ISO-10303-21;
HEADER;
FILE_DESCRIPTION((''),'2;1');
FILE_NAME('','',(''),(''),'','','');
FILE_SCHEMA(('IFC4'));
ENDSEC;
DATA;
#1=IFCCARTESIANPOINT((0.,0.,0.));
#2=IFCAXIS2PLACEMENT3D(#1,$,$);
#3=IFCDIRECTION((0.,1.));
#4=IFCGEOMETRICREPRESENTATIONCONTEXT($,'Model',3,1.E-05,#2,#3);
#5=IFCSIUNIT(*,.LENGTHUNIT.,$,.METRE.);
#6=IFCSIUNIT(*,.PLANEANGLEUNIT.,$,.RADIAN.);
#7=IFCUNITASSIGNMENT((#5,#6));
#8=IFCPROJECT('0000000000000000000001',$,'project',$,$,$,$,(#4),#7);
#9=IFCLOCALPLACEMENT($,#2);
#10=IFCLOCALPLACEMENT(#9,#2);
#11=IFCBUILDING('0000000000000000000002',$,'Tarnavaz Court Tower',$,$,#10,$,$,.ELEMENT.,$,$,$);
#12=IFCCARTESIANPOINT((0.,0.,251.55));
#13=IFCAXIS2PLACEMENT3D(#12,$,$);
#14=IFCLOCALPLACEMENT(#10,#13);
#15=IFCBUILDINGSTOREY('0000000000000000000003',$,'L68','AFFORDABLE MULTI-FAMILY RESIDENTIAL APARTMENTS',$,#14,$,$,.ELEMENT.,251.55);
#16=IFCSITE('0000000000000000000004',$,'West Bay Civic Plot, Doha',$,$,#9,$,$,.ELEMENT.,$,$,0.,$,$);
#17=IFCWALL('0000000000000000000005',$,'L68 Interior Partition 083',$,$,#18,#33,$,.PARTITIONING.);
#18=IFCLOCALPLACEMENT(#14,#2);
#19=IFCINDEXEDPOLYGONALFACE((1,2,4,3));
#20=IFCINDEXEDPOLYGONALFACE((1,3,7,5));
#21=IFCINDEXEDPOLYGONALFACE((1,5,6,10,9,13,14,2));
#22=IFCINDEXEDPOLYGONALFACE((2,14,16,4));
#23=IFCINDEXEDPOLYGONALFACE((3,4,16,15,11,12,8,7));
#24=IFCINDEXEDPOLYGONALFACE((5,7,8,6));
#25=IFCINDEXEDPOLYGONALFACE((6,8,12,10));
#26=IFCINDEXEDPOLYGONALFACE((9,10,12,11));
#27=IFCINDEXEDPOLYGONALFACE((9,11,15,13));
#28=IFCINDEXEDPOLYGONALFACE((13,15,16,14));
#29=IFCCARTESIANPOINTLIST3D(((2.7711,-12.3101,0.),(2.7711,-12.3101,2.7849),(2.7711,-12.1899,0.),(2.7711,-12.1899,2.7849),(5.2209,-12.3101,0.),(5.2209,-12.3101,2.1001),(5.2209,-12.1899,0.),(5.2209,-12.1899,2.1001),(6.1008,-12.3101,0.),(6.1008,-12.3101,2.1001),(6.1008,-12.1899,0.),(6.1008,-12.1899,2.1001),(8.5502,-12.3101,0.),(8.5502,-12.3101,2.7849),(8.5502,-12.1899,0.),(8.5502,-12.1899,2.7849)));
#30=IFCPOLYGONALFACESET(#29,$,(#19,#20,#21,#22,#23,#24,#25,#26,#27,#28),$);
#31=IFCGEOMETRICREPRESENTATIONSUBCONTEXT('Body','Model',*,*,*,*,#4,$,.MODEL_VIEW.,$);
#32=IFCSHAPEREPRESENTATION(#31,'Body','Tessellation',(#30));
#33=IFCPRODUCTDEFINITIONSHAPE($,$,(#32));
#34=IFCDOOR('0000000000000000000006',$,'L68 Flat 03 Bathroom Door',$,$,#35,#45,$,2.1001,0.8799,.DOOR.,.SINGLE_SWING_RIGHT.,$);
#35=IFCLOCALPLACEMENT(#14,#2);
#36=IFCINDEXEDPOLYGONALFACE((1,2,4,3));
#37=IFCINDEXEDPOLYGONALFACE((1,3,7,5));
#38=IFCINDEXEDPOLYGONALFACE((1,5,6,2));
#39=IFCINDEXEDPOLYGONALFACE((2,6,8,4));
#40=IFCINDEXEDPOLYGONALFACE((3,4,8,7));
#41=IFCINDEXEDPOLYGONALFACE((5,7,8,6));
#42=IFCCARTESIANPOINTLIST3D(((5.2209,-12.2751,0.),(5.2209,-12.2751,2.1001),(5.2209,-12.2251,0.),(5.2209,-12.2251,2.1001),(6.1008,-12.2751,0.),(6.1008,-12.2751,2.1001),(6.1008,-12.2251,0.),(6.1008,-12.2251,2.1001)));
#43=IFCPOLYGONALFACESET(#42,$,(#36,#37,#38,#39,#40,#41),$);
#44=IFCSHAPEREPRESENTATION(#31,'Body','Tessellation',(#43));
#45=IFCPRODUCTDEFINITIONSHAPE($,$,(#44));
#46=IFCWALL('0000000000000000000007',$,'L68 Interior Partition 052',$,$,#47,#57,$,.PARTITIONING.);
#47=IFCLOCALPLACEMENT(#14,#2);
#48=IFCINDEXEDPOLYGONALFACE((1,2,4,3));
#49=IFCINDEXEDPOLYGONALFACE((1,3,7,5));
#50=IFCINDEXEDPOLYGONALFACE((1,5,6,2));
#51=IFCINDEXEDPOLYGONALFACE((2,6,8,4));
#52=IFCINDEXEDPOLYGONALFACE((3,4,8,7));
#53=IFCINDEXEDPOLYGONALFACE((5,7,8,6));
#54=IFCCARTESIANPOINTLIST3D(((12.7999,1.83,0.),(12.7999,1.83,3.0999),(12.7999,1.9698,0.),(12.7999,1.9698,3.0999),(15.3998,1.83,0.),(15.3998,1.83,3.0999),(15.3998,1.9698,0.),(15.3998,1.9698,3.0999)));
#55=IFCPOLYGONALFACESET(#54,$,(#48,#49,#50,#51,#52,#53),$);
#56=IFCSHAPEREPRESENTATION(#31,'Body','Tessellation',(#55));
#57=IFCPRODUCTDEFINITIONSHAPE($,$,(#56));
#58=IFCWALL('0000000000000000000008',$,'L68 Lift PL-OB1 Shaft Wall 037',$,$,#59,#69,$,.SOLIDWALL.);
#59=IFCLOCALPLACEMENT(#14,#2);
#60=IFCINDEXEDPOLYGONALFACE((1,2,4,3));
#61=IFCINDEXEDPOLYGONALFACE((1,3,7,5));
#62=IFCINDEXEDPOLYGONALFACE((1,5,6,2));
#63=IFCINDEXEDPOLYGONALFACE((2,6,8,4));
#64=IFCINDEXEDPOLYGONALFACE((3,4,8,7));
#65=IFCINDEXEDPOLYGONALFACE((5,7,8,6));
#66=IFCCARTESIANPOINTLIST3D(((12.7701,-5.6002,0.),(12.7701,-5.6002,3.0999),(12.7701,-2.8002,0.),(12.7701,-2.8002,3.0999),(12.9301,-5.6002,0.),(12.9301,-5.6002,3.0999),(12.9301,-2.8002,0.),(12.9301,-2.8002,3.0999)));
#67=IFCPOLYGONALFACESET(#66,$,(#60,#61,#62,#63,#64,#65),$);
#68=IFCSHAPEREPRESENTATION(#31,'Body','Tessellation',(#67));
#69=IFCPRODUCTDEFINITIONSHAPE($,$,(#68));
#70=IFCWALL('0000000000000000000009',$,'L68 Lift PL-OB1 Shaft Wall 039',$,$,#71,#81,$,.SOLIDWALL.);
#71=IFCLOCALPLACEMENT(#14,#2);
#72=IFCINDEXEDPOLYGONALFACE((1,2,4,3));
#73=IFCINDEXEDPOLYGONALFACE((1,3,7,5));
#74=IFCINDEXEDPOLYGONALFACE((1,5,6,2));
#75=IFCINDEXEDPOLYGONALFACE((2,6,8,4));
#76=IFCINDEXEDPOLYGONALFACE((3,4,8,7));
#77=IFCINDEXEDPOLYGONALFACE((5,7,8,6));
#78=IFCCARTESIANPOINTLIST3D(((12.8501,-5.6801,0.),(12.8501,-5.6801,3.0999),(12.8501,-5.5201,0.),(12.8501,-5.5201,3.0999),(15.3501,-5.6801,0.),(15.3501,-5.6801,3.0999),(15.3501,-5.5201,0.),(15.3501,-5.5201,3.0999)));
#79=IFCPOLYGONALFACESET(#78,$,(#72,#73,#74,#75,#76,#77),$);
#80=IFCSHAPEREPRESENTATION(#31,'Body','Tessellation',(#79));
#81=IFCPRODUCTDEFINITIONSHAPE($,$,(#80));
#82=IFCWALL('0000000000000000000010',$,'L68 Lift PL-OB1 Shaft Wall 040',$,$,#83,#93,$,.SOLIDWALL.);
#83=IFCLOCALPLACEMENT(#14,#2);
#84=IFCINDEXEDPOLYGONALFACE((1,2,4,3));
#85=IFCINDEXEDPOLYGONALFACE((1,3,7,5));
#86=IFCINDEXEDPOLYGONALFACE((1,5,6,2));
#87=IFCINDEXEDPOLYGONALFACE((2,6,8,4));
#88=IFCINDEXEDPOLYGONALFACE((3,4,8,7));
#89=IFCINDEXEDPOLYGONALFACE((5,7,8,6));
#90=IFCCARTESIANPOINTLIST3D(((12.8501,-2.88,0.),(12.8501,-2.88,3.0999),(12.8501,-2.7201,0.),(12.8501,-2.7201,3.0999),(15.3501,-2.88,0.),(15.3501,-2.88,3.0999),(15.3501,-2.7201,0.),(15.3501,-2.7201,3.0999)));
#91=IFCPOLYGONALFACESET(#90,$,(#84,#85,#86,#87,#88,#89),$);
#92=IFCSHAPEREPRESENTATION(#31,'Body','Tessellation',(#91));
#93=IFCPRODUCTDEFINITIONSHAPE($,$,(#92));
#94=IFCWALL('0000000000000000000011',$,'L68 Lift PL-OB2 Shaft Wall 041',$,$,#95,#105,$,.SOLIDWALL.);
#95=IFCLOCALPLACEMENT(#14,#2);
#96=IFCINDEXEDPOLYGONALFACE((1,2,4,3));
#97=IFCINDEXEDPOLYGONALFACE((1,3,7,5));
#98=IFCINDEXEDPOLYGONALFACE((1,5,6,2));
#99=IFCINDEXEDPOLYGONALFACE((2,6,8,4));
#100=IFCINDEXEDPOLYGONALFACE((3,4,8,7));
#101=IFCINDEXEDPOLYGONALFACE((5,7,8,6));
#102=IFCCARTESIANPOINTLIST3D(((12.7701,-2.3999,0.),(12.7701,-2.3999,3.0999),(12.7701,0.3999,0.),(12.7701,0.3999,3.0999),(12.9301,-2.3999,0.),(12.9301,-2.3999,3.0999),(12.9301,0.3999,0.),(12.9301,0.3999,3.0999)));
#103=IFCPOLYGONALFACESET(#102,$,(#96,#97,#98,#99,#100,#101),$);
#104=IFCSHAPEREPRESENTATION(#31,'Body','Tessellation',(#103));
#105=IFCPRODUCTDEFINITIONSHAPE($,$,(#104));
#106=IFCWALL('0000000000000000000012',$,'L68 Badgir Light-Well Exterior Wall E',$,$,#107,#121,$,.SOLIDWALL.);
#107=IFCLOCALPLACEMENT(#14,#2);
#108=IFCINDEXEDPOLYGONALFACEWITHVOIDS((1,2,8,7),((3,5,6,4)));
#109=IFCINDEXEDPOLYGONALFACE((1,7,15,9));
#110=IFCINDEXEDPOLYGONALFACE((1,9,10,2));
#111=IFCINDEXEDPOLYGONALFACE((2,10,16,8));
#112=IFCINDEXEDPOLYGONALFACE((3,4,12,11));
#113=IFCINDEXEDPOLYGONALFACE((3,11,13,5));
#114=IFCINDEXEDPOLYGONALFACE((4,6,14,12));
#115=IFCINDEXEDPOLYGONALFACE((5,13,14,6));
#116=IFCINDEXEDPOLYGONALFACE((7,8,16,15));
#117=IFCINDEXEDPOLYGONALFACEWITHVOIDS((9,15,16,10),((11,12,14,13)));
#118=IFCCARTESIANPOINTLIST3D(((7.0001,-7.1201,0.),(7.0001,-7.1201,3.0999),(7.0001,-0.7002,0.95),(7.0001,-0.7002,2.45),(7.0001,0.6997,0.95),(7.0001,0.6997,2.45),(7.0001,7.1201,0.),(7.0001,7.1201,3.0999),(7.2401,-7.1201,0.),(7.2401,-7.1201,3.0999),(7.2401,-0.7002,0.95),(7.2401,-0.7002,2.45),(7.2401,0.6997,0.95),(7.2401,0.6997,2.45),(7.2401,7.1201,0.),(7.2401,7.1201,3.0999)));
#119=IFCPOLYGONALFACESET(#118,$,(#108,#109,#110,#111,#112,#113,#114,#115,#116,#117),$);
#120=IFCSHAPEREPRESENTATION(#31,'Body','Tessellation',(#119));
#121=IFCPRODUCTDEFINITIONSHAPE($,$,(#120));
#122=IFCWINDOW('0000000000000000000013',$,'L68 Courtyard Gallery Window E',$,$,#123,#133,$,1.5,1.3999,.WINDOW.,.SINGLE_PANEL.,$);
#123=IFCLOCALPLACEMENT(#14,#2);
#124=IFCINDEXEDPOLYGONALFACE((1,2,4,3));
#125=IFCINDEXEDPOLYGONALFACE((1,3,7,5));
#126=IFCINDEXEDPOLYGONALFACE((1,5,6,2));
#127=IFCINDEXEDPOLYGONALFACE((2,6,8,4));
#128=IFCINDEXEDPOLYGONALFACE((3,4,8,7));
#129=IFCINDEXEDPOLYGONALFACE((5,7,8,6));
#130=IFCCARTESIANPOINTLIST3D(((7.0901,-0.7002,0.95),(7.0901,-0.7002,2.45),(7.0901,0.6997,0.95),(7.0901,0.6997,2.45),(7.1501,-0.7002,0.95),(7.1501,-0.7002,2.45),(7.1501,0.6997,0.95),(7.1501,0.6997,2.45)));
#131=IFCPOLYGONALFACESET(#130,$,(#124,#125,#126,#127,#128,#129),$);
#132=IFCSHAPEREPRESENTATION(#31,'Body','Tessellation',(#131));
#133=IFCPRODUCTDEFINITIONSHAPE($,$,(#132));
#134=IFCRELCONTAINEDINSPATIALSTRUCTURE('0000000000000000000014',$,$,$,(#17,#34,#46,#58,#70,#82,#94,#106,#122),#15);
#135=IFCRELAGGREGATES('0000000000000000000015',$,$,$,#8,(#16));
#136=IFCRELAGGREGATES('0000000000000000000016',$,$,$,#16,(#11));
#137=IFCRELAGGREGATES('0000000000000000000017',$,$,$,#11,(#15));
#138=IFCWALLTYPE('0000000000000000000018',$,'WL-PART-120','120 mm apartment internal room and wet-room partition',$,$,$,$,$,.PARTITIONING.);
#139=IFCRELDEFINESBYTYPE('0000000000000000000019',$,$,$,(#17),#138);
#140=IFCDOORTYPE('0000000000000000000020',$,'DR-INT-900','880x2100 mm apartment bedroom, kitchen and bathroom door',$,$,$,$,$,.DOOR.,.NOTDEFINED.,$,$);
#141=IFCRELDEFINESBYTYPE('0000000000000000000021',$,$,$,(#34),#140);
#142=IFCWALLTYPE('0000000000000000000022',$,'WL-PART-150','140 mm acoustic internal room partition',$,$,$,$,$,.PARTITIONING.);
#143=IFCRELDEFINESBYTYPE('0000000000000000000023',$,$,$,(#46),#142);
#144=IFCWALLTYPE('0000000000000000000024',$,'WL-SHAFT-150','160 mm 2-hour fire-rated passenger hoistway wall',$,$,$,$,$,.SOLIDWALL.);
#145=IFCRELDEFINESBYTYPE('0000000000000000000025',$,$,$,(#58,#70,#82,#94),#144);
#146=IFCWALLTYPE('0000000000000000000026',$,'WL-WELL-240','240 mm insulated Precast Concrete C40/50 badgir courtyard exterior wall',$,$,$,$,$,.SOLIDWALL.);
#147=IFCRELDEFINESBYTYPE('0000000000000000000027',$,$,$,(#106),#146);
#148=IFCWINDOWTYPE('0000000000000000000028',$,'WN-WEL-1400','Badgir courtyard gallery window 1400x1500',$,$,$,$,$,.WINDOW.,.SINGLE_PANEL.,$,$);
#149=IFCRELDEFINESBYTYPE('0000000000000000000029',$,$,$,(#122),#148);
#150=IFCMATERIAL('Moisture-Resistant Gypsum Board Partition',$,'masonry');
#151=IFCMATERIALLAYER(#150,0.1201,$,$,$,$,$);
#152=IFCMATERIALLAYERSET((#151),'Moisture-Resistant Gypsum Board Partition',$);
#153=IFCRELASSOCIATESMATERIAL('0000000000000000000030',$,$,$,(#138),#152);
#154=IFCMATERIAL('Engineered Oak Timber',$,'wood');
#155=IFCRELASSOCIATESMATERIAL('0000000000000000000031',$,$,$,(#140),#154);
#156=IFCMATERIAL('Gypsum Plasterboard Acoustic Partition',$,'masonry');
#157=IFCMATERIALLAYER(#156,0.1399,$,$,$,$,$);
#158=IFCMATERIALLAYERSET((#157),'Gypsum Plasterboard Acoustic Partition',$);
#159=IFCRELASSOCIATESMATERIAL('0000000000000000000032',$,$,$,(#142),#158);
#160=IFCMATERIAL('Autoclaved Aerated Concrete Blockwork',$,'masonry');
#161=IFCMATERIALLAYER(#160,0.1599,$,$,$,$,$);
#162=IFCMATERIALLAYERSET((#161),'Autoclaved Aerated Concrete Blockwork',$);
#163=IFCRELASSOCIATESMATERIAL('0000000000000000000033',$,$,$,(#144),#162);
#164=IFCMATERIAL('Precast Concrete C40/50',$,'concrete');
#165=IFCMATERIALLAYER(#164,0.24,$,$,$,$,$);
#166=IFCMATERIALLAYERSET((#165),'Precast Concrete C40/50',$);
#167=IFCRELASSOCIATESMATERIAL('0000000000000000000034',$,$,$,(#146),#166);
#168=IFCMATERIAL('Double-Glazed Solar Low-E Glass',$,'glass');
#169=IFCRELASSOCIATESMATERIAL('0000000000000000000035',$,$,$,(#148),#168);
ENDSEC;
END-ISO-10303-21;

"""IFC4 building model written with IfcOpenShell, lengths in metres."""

from ifc_helpers import new_model, si_unit, direction, frame, frame_2d, origin, place, context, subcontext, project, spatial, rectangle, extrude, material, layer, layer_set, type_object, element, fill, save


model = new_model("IFC4")

# Units and contexts
model_context = context("Model", 3, precision=1e-05, world=origin(), true_north=direction((0.0, 1.0)))
body_context = subcontext(model_context, "Body", "Model", "MODEL_VIEW")
ifc_project = project(units=[si_unit("LENGTHUNIT", "METRE"), si_unit("PLANEANGLEUNIT", "RADIAN")], contexts=[model_context])

# Site, building, storey
site_placement = place(None, origin())
site = spatial("IfcSite", under=ifc_project, at=site_placement, Name="West Bay Civic Plot, Doha", CompositionType="ELEMENT", RefElevation=0.0)
building_placement = place(site_placement, origin())
building = spatial("IfcBuilding", under=site, at=building_placement, Name="Tarnavaz Court Tower", CompositionType="ELEMENT")
storey_placement = place(building_placement, frame((0.0, 0.0, 251.55)))
storey = spatial("IfcBuildingStorey", under=building, at=storey_placement, Name="L68", Description="AFFORDABLE MULTI-FAMILY RESIDENTIAL APARTMENTS", CompositionType="ELEMENT", Elevation=251.55)

# Shared definitions
ifc_material_1 = material(Name="Engineered Oak Timber", Category="wood")

# Wall, opening, door
ifc_material_2 = material(Name="Moisture-Resistant Gypsum Board Partition", Category="masonry")
ifc_layer_1 = layer(ifc_material_2, 0.1201)
ifc_layer_set_1 = layer_set([ifc_layer_1], Name="Moisture-Resistant Gypsum Board Partition")
wall_type_1 = type_object("IfcWallType", Name="WL-PART-120", Description="120 mm apartment internal room and wet-room partition", PredefinedType="PARTITIONING", material=ifc_layer_set_1)
wall_1_placement = place(storey_placement, frame((2.771, -12.25, 0.0), z_axis=(0.0, 0.0, 1.0), x_axis=(1.0, 0.0, 0.0)))
wall_1 = element("IfcWall", 1, at=wall_1_placement, inside=storey, type_object=wall_type_1, Name="L68 Interior Partition 083", PredefinedType="PARTITIONING", context=body_context, shape_type="SweptSolid", body=[
    extrude(rectangle(XDim=5.7791, YDim=0.1201, at=frame_2d((2.8896, 0.0))), origin(), (0.0, 0.0, 1.0), 2.7849),
])
opening_1_placement = place(wall_1_placement, frame((2.45, 0.0, 0.0)))
opening_1 = element("IfcOpeningElement", 2, at=opening_1_placement, cuts=wall_1, PredefinedType="OPENING", context=body_context, shape_type="SweptSolid", body=[
    extrude(rectangle(XDim=0.8799, YDim=2.1001, at=frame_2d((0.4399, 1.05))), frame((0.0, 0.0701, 0.0), z_axis=(0.0, -1.0, 0.0), x_axis=(1.0, 0.0, 0.0)), (0.0, 0.0, 1.0), 0.1401),
])
door_type_1 = type_object("IfcDoorType", Name="DR-INT-900", Description="880x2100 mm apartment bedroom, kitchen and bathroom door", OperationType="NOTDEFINED", PredefinedType="DOOR", material=ifc_material_1)
door_1_placement = place(opening_1_placement, origin())
door_1 = element("IfcDoor", 3, at=door_1_placement, inside=storey, type_object=door_type_1, Name="L68 Flat 03 Bathroom Door", OperationType="SINGLE_SWING_RIGHT", OverallHeight=2.1001, OverallWidth=0.8799, PredefinedType="DOOR", context=body_context, shape_type="SweptSolid", body=[
    extrude(rectangle(XDim=0.8799, YDim=2.1001, at=frame_2d((0.4399, 1.05))), frame((0.0, 0.0249, 0.0), z_axis=(0.0, -1.0, 0.0), x_axis=(1.0, 0.0, 0.0)), (0.0, 0.0, 1.0), 0.05),
])
fill(opening_1, door_1)

# Walls
ifc_material_3 = material(Name="Gypsum Plasterboard Acoustic Partition", Category="masonry")
ifc_layer_2 = layer(ifc_material_3, 0.1399)
ifc_layer_set_2 = layer_set([ifc_layer_2], Name="Gypsum Plasterboard Acoustic Partition")
wall_type_2 = type_object("IfcWallType", Name="WL-PART-150", Description="140 mm acoustic internal room partition", PredefinedType="PARTITIONING", material=ifc_layer_set_2)
wall_2_placement = place(storey_placement, frame((12.8, 1.8999, 0.0), z_axis=(0.0, 0.0, 1.0), x_axis=(1.0, 0.0, 0.0)))
element("IfcWall", 4, at=wall_2_placement, inside=storey, type_object=wall_type_2, Name="L68 Interior Partition 052", PredefinedType="PARTITIONING", context=body_context, shape_type="SweptSolid", body=[
    extrude(rectangle(XDim=2.5999, YDim=0.1399, at=frame_2d((1.2998, 0.0))), origin(), (0.0, 0.0, 1.0), 3.0999),
])
ifc_material_4 = material(Name="Autoclaved Aerated Concrete Blockwork", Category="masonry")
ifc_layer_3 = layer(ifc_material_4, 0.1599)
ifc_layer_set_3 = layer_set([ifc_layer_3], Name="Autoclaved Aerated Concrete Blockwork")
wall_type_3 = type_object("IfcWallType", Name="WL-SHAFT-150", Description="160 mm 2-hour fire-rated passenger hoistway wall", PredefinedType="SOLIDWALL", material=ifc_layer_set_3)
wall_3_placement = place(storey_placement, frame((12.8501, -5.6001, 0.0), z_axis=(0.0, 0.0, 1.0), x_axis=(0.0, 1.0, 0.0)))
element("IfcWall", 5, at=wall_3_placement, inside=storey, type_object=wall_type_3, Name="L68 Lift PL-OB1 Shaft Wall 037", PredefinedType="SOLIDWALL", context=body_context, shape_type="SweptSolid", body=[
    extrude(rectangle(XDim=2.8, YDim=0.1599, at=frame_2d((1.3999, 0.0))), origin(), (0.0, 0.0, 1.0), 3.0999),
])
for number, where, z_axis, x_axis, name in (
    (6, (12.8501, -5.6001, 0.0), (0.0, 0.0, 1.0), (1.0, 0.0, 0.0), "L68 Lift PL-OB1 Shaft Wall 039"),
    (7, (12.8501, -2.8, 0.0), (0.0, 0.0, 1.0), (1.0, 0.0, 0.0), "L68 Lift PL-OB1 Shaft Wall 040"),
):
    element("IfcWall", number, at=place(storey_placement, frame(where, z_axis=z_axis, x_axis=x_axis)), inside=storey, type_object=wall_type_3, Name=name, PredefinedType="SOLIDWALL", context=body_context, shape_type="SweptSolid", body=[
        extrude(rectangle(XDim=2.5, YDim=0.1599, at=frame_2d((1.25, 0.0))), origin(), (0.0, 0.0, 1.0), 3.0999),
    ])
wall_4_placement = place(storey_placement, frame((12.8501, -2.3999, 0.0), z_axis=(0.0, 0.0, 1.0), x_axis=(0.0, 1.0, 0.0)))
element("IfcWall", 8, at=wall_4_placement, inside=storey, type_object=wall_type_3, Name="L68 Lift PL-OB2 Shaft Wall 041", PredefinedType="SOLIDWALL", context=body_context, shape_type="SweptSolid", body=[
    extrude(rectangle(XDim=2.7998, YDim=0.1599, at=frame_2d((1.3999, 0.0))), origin(), (0.0, 0.0, 1.0), 3.0999),
])

# Wall, opening, window
ifc_material_5 = material(Name="Precast Concrete C40/50", Category="concrete")
ifc_layer_4 = layer(ifc_material_5, 0.24)
ifc_layer_set_4 = layer_set([ifc_layer_4], Name="Precast Concrete C40/50")
wall_type_4 = type_object("IfcWallType", Name="WL-WELL-240", Description="240 mm insulated Precast Concrete C40/50 badgir courtyard exterior wall", PredefinedType="SOLIDWALL", material=ifc_layer_set_4)
wall_5_placement = place(storey_placement, frame((7.1201, -7.1201, 0.0), z_axis=(0.0, 0.0, 1.0), x_axis=(0.0, 1.0, 0.0)))
wall_5 = element("IfcWall", 9, at=wall_5_placement, inside=storey, type_object=wall_type_4, Name="L68 Badgir Light-Well Exterior Wall E", PredefinedType="SOLIDWALL", context=body_context, shape_type="SweptSolid", body=[
    extrude(rectangle(XDim=14.2402, YDim=0.24, at=frame_2d((7.1201, 0.0))), origin(), (0.0, 0.0, 1.0), 3.0999),
])
opening_2_placement = place(wall_5_placement, frame((6.4199, 0.0, 0.95)))
opening_2 = element("IfcOpeningElement", 10, at=opening_2_placement, cuts=wall_5, PredefinedType="OPENING", context=body_context, shape_type="SweptSolid", body=[
    extrude(rectangle(XDim=1.3999, YDim=1.5, at=frame_2d((0.7, 0.75))), frame((0.0, 0.1299, 0.0), z_axis=(0.0, -1.0, 0.0), x_axis=(1.0, 0.0, 0.0)), (0.0, 0.0, 1.0), 0.26),
])
ifc_material_6 = material(Name="Double-Glazed Solar Low-E Glass", Category="glass")
window_type = type_object("IfcWindowType", Name="WN-WEL-1400", Description="Badgir courtyard gallery window 1400x1500", PartitioningType="SINGLE_PANEL", PredefinedType="WINDOW", material=ifc_material_6)
window_placement = place(opening_2_placement, origin())
window = element("IfcWindow", 11, at=window_placement, inside=storey, type_object=window_type, Name="L68 Courtyard Gallery Window E", OverallHeight=1.5, OverallWidth=1.3999, PartitioningType="SINGLE_PANEL", PredefinedType="WINDOW", context=body_context, shape_type="SweptSolid", body=[
    extrude(rectangle(XDim=1.3999, YDim=1.5, at=frame_2d((0.7, 0.75))), frame((0.0, 0.03, 0.0), z_axis=(0.0, -1.0, 0.0), x_axis=(1.0, 0.0, 0.0)), (0.0, 0.0, 1.0), 0.0601),
])
fill(opening_2, window)

save(model, "model.ifc")
